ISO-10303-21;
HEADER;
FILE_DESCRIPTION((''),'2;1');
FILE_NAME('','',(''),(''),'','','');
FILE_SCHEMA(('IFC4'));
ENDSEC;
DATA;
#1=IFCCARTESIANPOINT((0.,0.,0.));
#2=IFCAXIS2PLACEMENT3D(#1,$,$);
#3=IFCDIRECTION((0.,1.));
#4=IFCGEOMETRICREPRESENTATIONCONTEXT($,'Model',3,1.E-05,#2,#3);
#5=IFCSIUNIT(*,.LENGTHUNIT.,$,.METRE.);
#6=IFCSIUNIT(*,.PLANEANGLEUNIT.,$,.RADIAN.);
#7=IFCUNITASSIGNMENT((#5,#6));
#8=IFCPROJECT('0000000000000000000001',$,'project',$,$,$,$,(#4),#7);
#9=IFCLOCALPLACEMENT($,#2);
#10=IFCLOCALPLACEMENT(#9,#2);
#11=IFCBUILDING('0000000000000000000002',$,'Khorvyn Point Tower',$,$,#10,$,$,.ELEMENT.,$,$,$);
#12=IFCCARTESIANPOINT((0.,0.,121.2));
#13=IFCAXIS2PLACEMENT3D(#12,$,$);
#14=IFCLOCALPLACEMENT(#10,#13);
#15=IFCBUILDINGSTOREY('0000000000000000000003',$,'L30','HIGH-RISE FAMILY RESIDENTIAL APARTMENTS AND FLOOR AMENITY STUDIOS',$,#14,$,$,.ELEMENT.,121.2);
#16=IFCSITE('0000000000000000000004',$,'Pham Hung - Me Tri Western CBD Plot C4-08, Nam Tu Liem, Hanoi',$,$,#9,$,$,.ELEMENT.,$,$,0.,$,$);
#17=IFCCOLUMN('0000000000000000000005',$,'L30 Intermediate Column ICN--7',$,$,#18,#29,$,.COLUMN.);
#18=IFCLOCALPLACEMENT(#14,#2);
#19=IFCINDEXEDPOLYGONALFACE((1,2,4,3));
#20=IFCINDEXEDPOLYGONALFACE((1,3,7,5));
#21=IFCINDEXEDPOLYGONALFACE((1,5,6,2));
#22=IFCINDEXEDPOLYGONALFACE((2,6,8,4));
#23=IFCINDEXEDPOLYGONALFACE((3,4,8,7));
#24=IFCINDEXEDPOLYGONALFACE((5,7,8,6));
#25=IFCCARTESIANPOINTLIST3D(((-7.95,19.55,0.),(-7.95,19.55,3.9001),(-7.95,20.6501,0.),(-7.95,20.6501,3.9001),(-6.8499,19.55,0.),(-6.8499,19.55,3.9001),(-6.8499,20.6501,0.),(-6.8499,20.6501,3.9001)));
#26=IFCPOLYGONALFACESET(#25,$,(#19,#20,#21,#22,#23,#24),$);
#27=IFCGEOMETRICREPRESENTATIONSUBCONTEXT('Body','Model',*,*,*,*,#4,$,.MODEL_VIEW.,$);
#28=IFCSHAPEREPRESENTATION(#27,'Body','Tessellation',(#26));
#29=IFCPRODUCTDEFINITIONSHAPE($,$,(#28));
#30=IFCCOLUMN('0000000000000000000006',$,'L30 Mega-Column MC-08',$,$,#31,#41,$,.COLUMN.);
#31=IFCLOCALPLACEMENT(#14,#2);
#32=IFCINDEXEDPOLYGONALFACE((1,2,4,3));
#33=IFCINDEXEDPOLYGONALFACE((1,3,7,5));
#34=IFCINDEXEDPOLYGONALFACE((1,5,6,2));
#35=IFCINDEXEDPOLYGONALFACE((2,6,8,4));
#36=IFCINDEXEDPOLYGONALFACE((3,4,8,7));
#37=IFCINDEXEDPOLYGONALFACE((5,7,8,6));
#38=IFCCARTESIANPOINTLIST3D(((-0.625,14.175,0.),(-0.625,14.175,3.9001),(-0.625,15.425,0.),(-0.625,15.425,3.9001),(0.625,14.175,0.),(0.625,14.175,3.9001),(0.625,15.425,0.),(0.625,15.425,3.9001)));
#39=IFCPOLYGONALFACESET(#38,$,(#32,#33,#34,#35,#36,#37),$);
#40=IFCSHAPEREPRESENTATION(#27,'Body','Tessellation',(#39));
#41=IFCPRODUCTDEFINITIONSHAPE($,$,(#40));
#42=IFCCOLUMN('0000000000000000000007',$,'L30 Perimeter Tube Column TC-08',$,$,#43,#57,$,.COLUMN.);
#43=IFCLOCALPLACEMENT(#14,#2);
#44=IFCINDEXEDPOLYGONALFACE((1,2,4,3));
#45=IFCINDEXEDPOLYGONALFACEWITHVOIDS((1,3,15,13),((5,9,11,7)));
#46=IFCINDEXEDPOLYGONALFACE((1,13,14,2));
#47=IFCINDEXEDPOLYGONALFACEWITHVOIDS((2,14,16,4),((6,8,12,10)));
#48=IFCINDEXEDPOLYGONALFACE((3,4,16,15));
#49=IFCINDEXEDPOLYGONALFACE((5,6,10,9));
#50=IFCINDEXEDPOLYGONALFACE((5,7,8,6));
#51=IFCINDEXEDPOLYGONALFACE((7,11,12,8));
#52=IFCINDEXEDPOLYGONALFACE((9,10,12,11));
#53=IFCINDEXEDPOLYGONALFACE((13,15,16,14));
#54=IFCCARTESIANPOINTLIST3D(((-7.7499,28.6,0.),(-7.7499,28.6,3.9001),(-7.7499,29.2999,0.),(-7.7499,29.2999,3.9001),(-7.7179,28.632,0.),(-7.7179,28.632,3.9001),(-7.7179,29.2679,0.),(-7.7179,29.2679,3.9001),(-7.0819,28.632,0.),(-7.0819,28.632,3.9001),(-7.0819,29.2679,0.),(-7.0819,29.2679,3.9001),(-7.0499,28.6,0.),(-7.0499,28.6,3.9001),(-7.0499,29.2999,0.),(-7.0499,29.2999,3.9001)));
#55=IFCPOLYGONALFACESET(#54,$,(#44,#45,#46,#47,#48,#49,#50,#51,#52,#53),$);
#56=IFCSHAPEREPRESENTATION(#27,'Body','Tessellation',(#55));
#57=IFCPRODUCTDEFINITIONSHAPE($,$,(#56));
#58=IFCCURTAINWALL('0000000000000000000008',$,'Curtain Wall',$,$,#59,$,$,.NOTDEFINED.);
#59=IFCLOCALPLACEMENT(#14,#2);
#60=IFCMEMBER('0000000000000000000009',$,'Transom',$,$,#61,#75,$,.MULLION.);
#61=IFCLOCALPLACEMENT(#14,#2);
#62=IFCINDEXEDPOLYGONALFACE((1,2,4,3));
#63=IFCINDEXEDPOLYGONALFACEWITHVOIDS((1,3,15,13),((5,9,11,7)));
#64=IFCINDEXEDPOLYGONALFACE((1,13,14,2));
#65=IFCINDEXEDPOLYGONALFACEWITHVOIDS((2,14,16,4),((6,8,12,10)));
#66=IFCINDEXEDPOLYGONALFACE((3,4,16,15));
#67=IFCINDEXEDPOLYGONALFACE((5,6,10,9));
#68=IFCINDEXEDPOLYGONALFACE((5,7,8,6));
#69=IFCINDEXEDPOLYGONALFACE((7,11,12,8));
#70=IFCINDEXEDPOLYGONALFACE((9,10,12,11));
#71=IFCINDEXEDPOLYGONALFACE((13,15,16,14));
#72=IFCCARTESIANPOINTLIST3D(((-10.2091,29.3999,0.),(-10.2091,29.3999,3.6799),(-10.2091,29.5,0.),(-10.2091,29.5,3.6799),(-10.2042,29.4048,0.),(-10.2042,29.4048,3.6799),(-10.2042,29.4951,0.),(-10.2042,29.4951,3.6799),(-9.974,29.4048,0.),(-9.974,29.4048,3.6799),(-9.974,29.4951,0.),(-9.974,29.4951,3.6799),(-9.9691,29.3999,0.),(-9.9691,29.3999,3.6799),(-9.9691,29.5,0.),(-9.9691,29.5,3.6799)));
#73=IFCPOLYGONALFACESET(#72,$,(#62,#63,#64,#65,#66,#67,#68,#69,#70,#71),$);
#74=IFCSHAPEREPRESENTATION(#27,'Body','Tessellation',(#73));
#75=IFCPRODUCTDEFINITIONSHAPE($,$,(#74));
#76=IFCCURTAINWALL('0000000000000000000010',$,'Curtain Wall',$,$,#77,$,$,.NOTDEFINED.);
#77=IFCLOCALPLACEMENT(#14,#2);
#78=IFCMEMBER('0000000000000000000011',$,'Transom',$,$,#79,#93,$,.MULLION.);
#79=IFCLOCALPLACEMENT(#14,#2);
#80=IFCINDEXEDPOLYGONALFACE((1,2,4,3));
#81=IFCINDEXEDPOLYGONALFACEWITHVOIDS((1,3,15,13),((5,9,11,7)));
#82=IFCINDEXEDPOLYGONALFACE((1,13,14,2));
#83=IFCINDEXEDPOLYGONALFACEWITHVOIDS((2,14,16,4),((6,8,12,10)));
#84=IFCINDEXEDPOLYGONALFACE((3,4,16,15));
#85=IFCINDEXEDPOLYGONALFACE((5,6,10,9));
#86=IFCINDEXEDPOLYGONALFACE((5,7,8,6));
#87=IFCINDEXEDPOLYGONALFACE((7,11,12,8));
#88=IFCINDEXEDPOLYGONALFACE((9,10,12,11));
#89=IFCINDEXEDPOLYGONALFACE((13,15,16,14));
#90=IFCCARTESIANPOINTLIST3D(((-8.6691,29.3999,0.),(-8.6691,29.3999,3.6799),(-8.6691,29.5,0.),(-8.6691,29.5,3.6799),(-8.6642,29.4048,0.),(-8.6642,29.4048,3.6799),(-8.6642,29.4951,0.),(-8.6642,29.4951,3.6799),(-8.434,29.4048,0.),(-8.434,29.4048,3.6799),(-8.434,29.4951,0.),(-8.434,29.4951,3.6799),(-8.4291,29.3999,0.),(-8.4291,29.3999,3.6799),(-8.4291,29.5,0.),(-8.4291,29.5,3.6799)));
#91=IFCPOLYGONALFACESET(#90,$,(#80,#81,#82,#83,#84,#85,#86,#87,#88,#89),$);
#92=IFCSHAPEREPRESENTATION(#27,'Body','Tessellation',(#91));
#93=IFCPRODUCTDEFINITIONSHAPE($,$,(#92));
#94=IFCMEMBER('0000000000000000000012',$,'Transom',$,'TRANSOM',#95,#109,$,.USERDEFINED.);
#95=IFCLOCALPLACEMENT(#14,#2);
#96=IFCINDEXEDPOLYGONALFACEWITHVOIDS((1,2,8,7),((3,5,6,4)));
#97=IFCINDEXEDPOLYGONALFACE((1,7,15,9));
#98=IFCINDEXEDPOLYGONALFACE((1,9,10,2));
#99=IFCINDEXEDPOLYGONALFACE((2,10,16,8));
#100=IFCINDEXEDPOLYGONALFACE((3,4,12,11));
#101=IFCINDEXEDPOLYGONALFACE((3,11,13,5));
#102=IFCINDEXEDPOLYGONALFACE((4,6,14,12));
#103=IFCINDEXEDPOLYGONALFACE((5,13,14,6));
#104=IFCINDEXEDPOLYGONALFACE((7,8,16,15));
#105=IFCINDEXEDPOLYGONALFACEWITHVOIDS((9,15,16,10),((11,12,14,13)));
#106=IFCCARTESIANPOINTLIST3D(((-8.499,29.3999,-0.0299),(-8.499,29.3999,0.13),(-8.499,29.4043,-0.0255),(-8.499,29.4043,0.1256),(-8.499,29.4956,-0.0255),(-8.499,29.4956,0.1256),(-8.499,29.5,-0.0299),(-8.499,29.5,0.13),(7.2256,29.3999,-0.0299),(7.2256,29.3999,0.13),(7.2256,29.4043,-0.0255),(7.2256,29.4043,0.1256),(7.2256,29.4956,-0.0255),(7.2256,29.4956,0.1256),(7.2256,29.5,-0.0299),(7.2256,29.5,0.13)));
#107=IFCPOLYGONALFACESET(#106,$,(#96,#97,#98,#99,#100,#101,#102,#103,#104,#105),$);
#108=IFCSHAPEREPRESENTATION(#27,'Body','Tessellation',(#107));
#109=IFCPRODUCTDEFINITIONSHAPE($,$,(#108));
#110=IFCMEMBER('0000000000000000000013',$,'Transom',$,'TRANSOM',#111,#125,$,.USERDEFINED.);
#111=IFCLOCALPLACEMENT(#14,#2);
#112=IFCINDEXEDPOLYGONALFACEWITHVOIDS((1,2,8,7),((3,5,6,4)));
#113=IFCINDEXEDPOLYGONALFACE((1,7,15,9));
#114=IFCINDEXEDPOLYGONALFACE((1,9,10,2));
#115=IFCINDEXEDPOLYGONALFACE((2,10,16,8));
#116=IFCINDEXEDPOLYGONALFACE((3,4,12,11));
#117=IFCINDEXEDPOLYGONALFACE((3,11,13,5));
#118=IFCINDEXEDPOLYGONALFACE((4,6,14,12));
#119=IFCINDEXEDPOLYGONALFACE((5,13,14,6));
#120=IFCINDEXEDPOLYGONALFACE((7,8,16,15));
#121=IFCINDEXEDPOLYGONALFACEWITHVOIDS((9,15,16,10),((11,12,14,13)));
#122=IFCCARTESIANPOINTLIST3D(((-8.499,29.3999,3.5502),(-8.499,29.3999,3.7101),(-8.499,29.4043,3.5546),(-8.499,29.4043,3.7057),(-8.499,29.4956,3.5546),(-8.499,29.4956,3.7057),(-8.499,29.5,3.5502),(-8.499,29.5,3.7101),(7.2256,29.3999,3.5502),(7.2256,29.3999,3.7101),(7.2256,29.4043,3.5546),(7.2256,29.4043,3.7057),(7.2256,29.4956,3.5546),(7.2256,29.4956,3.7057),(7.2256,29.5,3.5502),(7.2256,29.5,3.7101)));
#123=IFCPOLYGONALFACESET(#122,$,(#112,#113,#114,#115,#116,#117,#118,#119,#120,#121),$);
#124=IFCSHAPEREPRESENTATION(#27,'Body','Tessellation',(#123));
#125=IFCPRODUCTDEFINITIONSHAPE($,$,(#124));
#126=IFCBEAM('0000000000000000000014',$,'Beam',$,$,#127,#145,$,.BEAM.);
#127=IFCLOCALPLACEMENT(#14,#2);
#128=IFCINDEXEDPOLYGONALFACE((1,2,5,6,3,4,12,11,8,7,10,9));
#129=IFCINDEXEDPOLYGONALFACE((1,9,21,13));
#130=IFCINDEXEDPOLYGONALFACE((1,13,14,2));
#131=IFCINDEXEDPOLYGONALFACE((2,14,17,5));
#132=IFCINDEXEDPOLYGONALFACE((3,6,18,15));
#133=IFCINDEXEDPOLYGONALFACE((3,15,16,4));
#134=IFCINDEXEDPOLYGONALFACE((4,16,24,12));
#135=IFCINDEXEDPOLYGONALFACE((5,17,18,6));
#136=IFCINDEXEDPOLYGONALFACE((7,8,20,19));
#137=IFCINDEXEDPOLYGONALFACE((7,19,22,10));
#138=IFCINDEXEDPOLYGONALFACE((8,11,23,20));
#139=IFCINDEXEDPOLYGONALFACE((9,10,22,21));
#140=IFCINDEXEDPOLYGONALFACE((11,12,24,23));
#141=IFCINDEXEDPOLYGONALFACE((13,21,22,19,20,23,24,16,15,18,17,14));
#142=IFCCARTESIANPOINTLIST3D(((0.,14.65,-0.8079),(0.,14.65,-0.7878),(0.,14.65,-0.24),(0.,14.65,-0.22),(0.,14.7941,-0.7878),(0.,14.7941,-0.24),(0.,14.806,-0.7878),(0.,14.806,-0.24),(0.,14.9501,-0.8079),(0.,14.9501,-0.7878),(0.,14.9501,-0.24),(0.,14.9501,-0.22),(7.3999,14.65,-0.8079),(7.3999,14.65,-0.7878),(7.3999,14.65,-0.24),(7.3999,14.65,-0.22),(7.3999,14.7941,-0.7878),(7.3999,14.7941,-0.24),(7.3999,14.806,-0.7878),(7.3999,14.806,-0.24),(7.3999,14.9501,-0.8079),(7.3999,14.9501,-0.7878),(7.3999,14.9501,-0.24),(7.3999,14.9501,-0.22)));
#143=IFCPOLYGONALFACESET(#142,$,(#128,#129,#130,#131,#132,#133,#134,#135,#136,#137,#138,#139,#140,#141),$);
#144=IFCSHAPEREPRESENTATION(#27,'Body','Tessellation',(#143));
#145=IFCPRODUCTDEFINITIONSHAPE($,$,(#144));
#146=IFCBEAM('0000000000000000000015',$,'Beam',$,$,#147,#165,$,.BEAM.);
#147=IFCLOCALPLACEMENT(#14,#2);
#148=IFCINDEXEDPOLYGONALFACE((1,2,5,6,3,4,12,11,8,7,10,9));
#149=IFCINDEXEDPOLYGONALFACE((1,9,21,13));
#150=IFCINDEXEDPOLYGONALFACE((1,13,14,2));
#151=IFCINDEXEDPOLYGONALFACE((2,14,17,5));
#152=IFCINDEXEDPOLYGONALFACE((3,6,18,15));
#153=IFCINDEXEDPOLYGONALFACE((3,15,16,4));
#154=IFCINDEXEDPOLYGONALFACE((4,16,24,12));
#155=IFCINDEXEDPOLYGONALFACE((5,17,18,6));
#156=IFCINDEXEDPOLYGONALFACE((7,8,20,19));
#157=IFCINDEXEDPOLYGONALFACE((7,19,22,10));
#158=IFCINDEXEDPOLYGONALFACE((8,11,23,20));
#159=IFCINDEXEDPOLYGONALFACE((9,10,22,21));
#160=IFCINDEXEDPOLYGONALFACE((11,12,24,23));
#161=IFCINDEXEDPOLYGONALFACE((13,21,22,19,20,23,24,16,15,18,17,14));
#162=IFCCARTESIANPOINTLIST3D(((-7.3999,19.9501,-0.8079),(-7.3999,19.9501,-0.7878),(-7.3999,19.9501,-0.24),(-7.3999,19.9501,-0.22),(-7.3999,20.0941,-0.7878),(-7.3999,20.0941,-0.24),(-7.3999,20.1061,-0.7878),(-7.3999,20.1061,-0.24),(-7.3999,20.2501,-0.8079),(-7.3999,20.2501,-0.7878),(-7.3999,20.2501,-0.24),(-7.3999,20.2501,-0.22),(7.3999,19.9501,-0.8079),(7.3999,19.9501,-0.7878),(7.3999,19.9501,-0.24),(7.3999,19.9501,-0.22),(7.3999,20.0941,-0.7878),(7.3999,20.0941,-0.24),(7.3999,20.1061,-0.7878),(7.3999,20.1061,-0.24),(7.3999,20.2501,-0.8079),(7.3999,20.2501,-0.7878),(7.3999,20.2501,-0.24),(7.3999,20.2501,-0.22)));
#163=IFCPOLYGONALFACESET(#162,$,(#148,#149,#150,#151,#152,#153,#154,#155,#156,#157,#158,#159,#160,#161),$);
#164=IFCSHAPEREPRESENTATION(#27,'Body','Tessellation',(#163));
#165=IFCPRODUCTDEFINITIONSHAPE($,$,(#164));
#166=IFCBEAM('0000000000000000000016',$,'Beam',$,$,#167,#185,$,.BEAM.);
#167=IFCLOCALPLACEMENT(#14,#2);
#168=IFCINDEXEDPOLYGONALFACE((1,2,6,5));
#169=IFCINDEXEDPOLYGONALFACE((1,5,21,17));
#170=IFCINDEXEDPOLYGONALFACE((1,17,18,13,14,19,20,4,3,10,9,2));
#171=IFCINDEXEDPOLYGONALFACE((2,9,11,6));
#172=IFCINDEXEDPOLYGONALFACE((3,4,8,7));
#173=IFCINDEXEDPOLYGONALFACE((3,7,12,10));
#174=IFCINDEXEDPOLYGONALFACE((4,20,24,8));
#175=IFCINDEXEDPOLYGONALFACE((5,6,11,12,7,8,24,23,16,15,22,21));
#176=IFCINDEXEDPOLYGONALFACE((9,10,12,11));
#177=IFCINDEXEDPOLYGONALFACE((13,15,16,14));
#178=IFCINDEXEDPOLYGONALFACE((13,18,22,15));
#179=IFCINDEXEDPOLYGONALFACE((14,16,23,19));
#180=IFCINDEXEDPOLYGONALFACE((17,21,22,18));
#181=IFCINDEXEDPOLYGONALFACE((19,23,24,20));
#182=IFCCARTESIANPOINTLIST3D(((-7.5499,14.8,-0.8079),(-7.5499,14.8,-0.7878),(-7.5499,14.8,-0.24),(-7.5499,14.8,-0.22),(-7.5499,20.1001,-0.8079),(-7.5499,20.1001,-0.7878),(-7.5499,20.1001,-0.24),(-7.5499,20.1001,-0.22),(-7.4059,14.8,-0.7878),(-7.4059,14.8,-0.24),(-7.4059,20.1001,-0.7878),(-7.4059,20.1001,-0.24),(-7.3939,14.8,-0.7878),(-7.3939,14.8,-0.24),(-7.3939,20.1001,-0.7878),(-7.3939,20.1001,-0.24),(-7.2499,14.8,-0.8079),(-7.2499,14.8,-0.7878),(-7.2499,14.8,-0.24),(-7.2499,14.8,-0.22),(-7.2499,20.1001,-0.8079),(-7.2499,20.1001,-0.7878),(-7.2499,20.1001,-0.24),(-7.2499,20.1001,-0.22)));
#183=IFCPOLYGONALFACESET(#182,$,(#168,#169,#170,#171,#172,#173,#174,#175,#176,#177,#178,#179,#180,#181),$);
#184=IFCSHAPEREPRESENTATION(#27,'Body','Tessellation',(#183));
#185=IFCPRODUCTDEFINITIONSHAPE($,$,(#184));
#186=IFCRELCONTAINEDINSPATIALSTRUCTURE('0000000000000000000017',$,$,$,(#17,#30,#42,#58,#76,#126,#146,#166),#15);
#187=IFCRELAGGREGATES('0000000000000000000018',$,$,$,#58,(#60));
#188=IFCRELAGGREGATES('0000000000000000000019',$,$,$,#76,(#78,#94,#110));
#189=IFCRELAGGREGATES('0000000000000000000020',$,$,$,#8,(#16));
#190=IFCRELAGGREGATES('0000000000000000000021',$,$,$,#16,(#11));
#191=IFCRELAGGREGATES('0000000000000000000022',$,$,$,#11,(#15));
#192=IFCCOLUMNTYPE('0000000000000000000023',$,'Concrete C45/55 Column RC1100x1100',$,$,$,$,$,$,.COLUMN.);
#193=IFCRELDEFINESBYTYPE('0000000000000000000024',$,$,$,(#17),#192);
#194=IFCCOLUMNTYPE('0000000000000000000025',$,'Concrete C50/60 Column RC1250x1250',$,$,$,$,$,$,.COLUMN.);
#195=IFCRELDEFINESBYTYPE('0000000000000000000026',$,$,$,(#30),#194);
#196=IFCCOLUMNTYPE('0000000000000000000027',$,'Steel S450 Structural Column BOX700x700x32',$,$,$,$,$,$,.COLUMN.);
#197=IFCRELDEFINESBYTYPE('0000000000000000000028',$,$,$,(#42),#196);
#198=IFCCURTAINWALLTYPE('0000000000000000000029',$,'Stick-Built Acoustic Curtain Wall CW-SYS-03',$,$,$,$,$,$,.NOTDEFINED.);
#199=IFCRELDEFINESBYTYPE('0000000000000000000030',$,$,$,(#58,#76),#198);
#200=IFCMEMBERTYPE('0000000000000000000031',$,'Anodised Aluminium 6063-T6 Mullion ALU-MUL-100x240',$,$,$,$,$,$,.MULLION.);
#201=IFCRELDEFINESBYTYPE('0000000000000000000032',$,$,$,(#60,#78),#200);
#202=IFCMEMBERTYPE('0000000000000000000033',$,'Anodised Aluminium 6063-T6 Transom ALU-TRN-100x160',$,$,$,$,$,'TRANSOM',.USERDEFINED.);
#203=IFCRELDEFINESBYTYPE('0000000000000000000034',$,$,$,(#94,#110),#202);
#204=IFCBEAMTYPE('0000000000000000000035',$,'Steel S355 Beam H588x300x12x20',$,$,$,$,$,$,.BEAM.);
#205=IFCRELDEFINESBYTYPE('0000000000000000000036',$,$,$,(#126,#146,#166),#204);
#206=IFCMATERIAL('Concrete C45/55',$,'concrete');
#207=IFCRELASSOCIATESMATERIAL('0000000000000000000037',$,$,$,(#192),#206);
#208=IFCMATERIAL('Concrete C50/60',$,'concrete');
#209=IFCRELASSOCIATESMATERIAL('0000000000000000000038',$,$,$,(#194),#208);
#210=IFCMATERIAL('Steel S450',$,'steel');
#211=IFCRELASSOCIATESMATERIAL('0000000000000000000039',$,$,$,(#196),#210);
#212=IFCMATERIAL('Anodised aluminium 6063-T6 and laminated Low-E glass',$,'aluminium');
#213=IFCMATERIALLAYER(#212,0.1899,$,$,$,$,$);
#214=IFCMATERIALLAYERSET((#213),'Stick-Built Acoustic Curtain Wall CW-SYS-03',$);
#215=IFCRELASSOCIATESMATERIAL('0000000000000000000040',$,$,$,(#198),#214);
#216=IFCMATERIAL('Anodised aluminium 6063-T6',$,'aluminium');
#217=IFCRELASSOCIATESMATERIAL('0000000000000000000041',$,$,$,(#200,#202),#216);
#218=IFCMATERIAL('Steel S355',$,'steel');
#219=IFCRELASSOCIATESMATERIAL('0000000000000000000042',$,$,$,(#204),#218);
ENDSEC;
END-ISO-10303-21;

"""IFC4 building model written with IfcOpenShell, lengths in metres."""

from ifc_helpers import new_model, si_unit, direction, frame, origin, origin_2d, place, context, subcontext, project, spatial, rectangle, hollow_rectangle, i_section, extrude, material, layer, layer_set, material_profile, profile_set, type_object, element, aggregate, save


model = new_model("IFC4")

# Units and contexts
model_context = context("Model", 3, precision=1e-05, world=origin(), true_north=direction((0.0, 1.0)))
body_context = subcontext(model_context, "Body", "Model", "MODEL_VIEW")
ifc_project = project(units=[si_unit("LENGTHUNIT", "METRE"), si_unit("PLANEANGLEUNIT", "RADIAN")], contexts=[model_context])

# Site, building, storey
site_placement = place(None, origin())
site = spatial("IfcSite", under=ifc_project, at=site_placement, Name="Pham Hung - Me Tri Western CBD Plot C4-08, Nam Tu Liem, Hanoi", CompositionType="ELEMENT", RefElevation=0.0)
building_placement = place(site_placement, origin())
building = spatial("IfcBuilding", under=site, at=building_placement, Name="Khorvyn Point Tower", CompositionType="ELEMENT")
storey_placement = place(building_placement, frame((0.0, 0.0, 121.2)))
storey = spatial("IfcBuildingStorey", under=building, at=storey_placement, Name="L30", Description="HIGH-RISE FAMILY RESIDENTIAL APARTMENTS AND FLOOR AMENITY STUDIOS", CompositionType="ELEMENT", Elevation=121.2)

# Columns
ifc_material_1 = material(Name="Concrete C45/55", Category="concrete")
ifc_material_profile_1 = material_profile(ifc_material_1, rectangle(XDim=1.1001, YDim=1.1001, at=origin_2d()))
ifc_profile_set_1 = profile_set([ifc_material_profile_1], Name="Concrete C45/55 RC1100x1100")
column_type_1 = type_object("IfcColumnType", Name="Concrete C45/55 Column RC1100x1100", PredefinedType="COLUMN", material=ifc_profile_set_1)
column_1_placement = place(storey_placement, frame((-7.3999, 20.1001, 0.0), z_axis=(0.0, 0.0, 1.0), x_axis=(1.0, 0.0, 0.0)))
element("IfcColumn", 1, at=column_1_placement, inside=storey, type_object=column_type_1, Name="L30 Intermediate Column ICN--7", PredefinedType="COLUMN", context=body_context, shape_type="SweptSolid", body=[
    extrude(rectangle(XDim=1.1001, YDim=1.1001, at=origin_2d()), origin(), (0.0, 0.0, 1.0), 3.9001),
])
ifc_material_2 = material(Name="Concrete C50/60", Category="concrete")
ifc_material_profile_2 = material_profile(ifc_material_2, rectangle(XDim=1.25, YDim=1.25, at=origin_2d()))
ifc_profile_set_2 = profile_set([ifc_material_profile_2], Name="Concrete C50/60 RC1250x1250")
column_type_2 = type_object("IfcColumnType", Name="Concrete C50/60 Column RC1250x1250", PredefinedType="COLUMN", material=ifc_profile_set_2)
column_2_placement = place(storey_placement, frame((0.0, 14.8, 0.0), z_axis=(0.0, 0.0, 1.0), x_axis=(1.0, 0.0, 0.0)))
element("IfcColumn", 2, at=column_2_placement, inside=storey, type_object=column_type_2, Name="L30 Mega-Column MC-08", PredefinedType="COLUMN", context=body_context, shape_type="SweptSolid", body=[
    extrude(rectangle(XDim=1.25, YDim=1.25, at=origin_2d()), origin(), (0.0, 0.0, 1.0), 3.9001),
])
ifc_material_3 = material(Name="Steel S450", Category="steel")
ifc_material_profile_3 = material_profile(ifc_material_3, hollow_rectangle(XDim=0.7, YDim=0.7, WallThickness=0.032, at=origin_2d()))
ifc_profile_set_3 = profile_set([ifc_material_profile_3], Name="Steel S450 BOX700x700x32")
column_type_3 = type_object("IfcColumnType", Name="Steel S450 Structural Column BOX700x700x32", PredefinedType="COLUMN", material=ifc_profile_set_3)
column_3_placement = place(storey_placement, frame((-7.3999, 28.95, 0.0), z_axis=(0.0, 0.0, 1.0), x_axis=(1.0, 0.0, 0.0)))
element("IfcColumn", 3, at=column_3_placement, inside=storey, type_object=column_type_3, Name="L30 Perimeter Tube Column TC-08", PredefinedType="COLUMN", context=body_context, shape_type="SweptSolid", body=[
    extrude(hollow_rectangle(XDim=0.7, YDim=0.7, WallThickness=0.032, at=origin_2d()), origin(), (0.0, 0.0, 1.0), 3.9001),
])

# Curtain wall, member
ifc_material_4 = material(Name="Anodised aluminium 6063-T6 and laminated Low-E glass", Category="aluminium")
ifc_layer_1 = layer(ifc_material_4, 0.1899)
ifc_layer_set_1 = layer_set([ifc_layer_1], Name="Stick-Built Acoustic Curtain Wall CW-SYS-03")
curtain_wall_type = type_object("IfcCurtainWallType", Name="Stick-Built Acoustic Curtain Wall CW-SYS-03", PredefinedType="NOTDEFINED", material=ifc_layer_set_1)
curtain_wall_1_placement = place(storey_placement, origin())
curtain_wall_1 = element("IfcCurtainWall", 4, at=curtain_wall_1_placement, inside=storey, type_object=curtain_wall_type, Name="Curtain Wall", PredefinedType="NOTDEFINED")
ifc_material_5 = material(Name="Anodised aluminium 6063-T6", Category="aluminium")
ifc_material_profile_4 = material_profile(ifc_material_5, hollow_rectangle(XDim=0.1001, YDim=0.24, WallThickness=0.0049, at=origin_2d()))
ifc_profile_set_4 = profile_set([ifc_material_profile_4], Name="Anodised aluminium 6063-T6 ALU-MUL-100x240")
member_type_1 = type_object("IfcMemberType", Name="Anodised Aluminium 6063-T6 Mullion ALU-MUL-100x240", PredefinedType="MULLION", material=ifc_profile_set_4)
member_1_placement = place(storey_placement, frame((-10.0891, 29.45, 0.0), z_axis=(0.0, 0.0, 1.0), x_axis=(0.0, 1.0, 0.0)))
member_1 = element("IfcMember", 5, at=member_1_placement, type_object=member_type_1, Name="Transom", PredefinedType="MULLION", context=body_context, shape_type="SweptSolid", body=[
    extrude(hollow_rectangle(XDim=0.1001, YDim=0.24, WallThickness=0.0049, at=origin_2d()), origin(), (0.0, 0.0, 1.0), 3.6799),
])
aggregate(curtain_wall_1, [member_1])

# Curtain wall, members
curtain_wall_2_placement = place(storey_placement, origin())
curtain_wall_2 = element("IfcCurtainWall", 6, at=curtain_wall_2_placement, inside=storey, type_object=curtain_wall_type, Name="Curtain Wall", PredefinedType="NOTDEFINED")
member_2_placement = place(storey_placement, frame((-8.5491, 29.45, 0.0), z_axis=(0.0, 0.0, 1.0), x_axis=(0.0, 1.0, 0.0)))
member_2 = element("IfcMember", 7, at=member_2_placement, type_object=member_type_1, Name="Transom", PredefinedType="MULLION", context=body_context, shape_type="SweptSolid", body=[
    extrude(hollow_rectangle(XDim=0.1001, YDim=0.24, WallThickness=0.0049, at=origin_2d()), origin(), (0.0, 0.0, 1.0), 3.6799),
])
ifc_material_profile_5 = material_profile(ifc_material_5, hollow_rectangle(XDim=0.1001, YDim=0.1599, WallThickness=0.0044, at=origin_2d()))
ifc_profile_set_5 = profile_set([ifc_material_profile_5], Name="Anodised aluminium 6063-T6 ALU-TRN-100x160")
member_type_2 = type_object("IfcMemberType", Name="Anodised Aluminium 6063-T6 Transom ALU-TRN-100x160", ElementType="TRANSOM", PredefinedType="USERDEFINED", material=ifc_profile_set_5)
member_3_placement = place(storey_placement, frame((-8.499, 29.45, 0.05), z_axis=(1.0, 0.0, 0.0), x_axis=(0.0, 1.0, 0.0)))
member_3 = element("IfcMember", 8, at=member_3_placement, type_object=member_type_2, Name="Transom", ObjectType="TRANSOM", PredefinedType="USERDEFINED", context=body_context, shape_type="SweptSolid", body=[
    extrude(hollow_rectangle(XDim=0.1001, YDim=0.1599, WallThickness=0.0044, at=origin_2d()), origin(), (0.0, 0.0, 1.0), 15.7246),
])
member_4_placement = place(storey_placement, frame((-8.499, 29.45, 3.6301), z_axis=(1.0, 0.0, 0.0), x_axis=(0.0, 1.0, 0.0)))
member_4 = element("IfcMember", 9, at=member_4_placement, type_object=member_type_2, Name="Transom", ObjectType="TRANSOM", PredefinedType="USERDEFINED", context=body_context, shape_type="SweptSolid", body=[
    extrude(hollow_rectangle(XDim=0.1001, YDim=0.1599, WallThickness=0.0044, at=origin_2d()), origin(), (0.0, 0.0, 1.0), 15.7246),
])

# Beams
ifc_material_6 = material(Name="Steel S355", Category="steel")
ifc_material_profile_6 = material_profile(ifc_material_6, i_section(OverallWidth=0.3, OverallDepth=0.5879, WebThickness=0.012, FlangeThickness=0.02, at=origin_2d()))
ifc_profile_set_6 = profile_set([ifc_material_profile_6], Name="Steel S355 H588x300x12x20")
beam_type_1 = type_object("IfcBeamType", Name="Steel S355 Beam H588x300x12x20", PredefinedType="BEAM", material=ifc_profile_set_6)
beam_1_placement = place(storey_placement, frame((0.0, 14.8, -0.5139), z_axis=(1.0, 0.0, 0.0), x_axis=(0.0, 1.0, 0.0)))
element("IfcBeam", 10, at=beam_1_placement, inside=storey, type_object=beam_type_1, Name="Beam", PredefinedType="BEAM", context=body_context, shape_type="SweptSolid", body=[
    extrude(i_section(OverallWidth=0.3, OverallDepth=0.5879, WebThickness=0.012, FlangeThickness=0.02, at=origin_2d()), origin(), (0.0, 0.0, 1.0), 7.3999),
])
beam_2_placement = place(storey_placement, frame((-7.3999, 20.1001, -0.5139), z_axis=(1.0, 0.0, 0.0), x_axis=(0.0, 1.0, 0.0)))
element("IfcBeam", 11, at=beam_2_placement, inside=storey, type_object=beam_type_1, Name="Beam", PredefinedType="BEAM", context=body_context, shape_type="SweptSolid", body=[
    extrude(i_section(OverallWidth=0.3, OverallDepth=0.5879, WebThickness=0.012, FlangeThickness=0.02, at=origin_2d()), origin(), (0.0, 0.0, 1.0), 14.7998),
])
beam_3_placement = place(storey_placement, frame((-7.3999, 14.8, -0.5139), z_axis=(0.0, 1.0, 0.0), x_axis=(-1.0, 0.0, 0.0)))
element("IfcBeam", 12, at=beam_3_placement, inside=storey, type_object=beam_type_1, Name="Beam", PredefinedType="BEAM", context=body_context, shape_type="SweptSolid", body=[
    extrude(i_section(OverallWidth=0.3, OverallDepth=0.5879, WebThickness=0.012, FlangeThickness=0.02, at=origin_2d()), origin(), (0.0, 0.0, 1.0), 5.3),
])

aggregate(curtain_wall_2, [member_2, member_3, member_4])

save(model, "model.ifc")
